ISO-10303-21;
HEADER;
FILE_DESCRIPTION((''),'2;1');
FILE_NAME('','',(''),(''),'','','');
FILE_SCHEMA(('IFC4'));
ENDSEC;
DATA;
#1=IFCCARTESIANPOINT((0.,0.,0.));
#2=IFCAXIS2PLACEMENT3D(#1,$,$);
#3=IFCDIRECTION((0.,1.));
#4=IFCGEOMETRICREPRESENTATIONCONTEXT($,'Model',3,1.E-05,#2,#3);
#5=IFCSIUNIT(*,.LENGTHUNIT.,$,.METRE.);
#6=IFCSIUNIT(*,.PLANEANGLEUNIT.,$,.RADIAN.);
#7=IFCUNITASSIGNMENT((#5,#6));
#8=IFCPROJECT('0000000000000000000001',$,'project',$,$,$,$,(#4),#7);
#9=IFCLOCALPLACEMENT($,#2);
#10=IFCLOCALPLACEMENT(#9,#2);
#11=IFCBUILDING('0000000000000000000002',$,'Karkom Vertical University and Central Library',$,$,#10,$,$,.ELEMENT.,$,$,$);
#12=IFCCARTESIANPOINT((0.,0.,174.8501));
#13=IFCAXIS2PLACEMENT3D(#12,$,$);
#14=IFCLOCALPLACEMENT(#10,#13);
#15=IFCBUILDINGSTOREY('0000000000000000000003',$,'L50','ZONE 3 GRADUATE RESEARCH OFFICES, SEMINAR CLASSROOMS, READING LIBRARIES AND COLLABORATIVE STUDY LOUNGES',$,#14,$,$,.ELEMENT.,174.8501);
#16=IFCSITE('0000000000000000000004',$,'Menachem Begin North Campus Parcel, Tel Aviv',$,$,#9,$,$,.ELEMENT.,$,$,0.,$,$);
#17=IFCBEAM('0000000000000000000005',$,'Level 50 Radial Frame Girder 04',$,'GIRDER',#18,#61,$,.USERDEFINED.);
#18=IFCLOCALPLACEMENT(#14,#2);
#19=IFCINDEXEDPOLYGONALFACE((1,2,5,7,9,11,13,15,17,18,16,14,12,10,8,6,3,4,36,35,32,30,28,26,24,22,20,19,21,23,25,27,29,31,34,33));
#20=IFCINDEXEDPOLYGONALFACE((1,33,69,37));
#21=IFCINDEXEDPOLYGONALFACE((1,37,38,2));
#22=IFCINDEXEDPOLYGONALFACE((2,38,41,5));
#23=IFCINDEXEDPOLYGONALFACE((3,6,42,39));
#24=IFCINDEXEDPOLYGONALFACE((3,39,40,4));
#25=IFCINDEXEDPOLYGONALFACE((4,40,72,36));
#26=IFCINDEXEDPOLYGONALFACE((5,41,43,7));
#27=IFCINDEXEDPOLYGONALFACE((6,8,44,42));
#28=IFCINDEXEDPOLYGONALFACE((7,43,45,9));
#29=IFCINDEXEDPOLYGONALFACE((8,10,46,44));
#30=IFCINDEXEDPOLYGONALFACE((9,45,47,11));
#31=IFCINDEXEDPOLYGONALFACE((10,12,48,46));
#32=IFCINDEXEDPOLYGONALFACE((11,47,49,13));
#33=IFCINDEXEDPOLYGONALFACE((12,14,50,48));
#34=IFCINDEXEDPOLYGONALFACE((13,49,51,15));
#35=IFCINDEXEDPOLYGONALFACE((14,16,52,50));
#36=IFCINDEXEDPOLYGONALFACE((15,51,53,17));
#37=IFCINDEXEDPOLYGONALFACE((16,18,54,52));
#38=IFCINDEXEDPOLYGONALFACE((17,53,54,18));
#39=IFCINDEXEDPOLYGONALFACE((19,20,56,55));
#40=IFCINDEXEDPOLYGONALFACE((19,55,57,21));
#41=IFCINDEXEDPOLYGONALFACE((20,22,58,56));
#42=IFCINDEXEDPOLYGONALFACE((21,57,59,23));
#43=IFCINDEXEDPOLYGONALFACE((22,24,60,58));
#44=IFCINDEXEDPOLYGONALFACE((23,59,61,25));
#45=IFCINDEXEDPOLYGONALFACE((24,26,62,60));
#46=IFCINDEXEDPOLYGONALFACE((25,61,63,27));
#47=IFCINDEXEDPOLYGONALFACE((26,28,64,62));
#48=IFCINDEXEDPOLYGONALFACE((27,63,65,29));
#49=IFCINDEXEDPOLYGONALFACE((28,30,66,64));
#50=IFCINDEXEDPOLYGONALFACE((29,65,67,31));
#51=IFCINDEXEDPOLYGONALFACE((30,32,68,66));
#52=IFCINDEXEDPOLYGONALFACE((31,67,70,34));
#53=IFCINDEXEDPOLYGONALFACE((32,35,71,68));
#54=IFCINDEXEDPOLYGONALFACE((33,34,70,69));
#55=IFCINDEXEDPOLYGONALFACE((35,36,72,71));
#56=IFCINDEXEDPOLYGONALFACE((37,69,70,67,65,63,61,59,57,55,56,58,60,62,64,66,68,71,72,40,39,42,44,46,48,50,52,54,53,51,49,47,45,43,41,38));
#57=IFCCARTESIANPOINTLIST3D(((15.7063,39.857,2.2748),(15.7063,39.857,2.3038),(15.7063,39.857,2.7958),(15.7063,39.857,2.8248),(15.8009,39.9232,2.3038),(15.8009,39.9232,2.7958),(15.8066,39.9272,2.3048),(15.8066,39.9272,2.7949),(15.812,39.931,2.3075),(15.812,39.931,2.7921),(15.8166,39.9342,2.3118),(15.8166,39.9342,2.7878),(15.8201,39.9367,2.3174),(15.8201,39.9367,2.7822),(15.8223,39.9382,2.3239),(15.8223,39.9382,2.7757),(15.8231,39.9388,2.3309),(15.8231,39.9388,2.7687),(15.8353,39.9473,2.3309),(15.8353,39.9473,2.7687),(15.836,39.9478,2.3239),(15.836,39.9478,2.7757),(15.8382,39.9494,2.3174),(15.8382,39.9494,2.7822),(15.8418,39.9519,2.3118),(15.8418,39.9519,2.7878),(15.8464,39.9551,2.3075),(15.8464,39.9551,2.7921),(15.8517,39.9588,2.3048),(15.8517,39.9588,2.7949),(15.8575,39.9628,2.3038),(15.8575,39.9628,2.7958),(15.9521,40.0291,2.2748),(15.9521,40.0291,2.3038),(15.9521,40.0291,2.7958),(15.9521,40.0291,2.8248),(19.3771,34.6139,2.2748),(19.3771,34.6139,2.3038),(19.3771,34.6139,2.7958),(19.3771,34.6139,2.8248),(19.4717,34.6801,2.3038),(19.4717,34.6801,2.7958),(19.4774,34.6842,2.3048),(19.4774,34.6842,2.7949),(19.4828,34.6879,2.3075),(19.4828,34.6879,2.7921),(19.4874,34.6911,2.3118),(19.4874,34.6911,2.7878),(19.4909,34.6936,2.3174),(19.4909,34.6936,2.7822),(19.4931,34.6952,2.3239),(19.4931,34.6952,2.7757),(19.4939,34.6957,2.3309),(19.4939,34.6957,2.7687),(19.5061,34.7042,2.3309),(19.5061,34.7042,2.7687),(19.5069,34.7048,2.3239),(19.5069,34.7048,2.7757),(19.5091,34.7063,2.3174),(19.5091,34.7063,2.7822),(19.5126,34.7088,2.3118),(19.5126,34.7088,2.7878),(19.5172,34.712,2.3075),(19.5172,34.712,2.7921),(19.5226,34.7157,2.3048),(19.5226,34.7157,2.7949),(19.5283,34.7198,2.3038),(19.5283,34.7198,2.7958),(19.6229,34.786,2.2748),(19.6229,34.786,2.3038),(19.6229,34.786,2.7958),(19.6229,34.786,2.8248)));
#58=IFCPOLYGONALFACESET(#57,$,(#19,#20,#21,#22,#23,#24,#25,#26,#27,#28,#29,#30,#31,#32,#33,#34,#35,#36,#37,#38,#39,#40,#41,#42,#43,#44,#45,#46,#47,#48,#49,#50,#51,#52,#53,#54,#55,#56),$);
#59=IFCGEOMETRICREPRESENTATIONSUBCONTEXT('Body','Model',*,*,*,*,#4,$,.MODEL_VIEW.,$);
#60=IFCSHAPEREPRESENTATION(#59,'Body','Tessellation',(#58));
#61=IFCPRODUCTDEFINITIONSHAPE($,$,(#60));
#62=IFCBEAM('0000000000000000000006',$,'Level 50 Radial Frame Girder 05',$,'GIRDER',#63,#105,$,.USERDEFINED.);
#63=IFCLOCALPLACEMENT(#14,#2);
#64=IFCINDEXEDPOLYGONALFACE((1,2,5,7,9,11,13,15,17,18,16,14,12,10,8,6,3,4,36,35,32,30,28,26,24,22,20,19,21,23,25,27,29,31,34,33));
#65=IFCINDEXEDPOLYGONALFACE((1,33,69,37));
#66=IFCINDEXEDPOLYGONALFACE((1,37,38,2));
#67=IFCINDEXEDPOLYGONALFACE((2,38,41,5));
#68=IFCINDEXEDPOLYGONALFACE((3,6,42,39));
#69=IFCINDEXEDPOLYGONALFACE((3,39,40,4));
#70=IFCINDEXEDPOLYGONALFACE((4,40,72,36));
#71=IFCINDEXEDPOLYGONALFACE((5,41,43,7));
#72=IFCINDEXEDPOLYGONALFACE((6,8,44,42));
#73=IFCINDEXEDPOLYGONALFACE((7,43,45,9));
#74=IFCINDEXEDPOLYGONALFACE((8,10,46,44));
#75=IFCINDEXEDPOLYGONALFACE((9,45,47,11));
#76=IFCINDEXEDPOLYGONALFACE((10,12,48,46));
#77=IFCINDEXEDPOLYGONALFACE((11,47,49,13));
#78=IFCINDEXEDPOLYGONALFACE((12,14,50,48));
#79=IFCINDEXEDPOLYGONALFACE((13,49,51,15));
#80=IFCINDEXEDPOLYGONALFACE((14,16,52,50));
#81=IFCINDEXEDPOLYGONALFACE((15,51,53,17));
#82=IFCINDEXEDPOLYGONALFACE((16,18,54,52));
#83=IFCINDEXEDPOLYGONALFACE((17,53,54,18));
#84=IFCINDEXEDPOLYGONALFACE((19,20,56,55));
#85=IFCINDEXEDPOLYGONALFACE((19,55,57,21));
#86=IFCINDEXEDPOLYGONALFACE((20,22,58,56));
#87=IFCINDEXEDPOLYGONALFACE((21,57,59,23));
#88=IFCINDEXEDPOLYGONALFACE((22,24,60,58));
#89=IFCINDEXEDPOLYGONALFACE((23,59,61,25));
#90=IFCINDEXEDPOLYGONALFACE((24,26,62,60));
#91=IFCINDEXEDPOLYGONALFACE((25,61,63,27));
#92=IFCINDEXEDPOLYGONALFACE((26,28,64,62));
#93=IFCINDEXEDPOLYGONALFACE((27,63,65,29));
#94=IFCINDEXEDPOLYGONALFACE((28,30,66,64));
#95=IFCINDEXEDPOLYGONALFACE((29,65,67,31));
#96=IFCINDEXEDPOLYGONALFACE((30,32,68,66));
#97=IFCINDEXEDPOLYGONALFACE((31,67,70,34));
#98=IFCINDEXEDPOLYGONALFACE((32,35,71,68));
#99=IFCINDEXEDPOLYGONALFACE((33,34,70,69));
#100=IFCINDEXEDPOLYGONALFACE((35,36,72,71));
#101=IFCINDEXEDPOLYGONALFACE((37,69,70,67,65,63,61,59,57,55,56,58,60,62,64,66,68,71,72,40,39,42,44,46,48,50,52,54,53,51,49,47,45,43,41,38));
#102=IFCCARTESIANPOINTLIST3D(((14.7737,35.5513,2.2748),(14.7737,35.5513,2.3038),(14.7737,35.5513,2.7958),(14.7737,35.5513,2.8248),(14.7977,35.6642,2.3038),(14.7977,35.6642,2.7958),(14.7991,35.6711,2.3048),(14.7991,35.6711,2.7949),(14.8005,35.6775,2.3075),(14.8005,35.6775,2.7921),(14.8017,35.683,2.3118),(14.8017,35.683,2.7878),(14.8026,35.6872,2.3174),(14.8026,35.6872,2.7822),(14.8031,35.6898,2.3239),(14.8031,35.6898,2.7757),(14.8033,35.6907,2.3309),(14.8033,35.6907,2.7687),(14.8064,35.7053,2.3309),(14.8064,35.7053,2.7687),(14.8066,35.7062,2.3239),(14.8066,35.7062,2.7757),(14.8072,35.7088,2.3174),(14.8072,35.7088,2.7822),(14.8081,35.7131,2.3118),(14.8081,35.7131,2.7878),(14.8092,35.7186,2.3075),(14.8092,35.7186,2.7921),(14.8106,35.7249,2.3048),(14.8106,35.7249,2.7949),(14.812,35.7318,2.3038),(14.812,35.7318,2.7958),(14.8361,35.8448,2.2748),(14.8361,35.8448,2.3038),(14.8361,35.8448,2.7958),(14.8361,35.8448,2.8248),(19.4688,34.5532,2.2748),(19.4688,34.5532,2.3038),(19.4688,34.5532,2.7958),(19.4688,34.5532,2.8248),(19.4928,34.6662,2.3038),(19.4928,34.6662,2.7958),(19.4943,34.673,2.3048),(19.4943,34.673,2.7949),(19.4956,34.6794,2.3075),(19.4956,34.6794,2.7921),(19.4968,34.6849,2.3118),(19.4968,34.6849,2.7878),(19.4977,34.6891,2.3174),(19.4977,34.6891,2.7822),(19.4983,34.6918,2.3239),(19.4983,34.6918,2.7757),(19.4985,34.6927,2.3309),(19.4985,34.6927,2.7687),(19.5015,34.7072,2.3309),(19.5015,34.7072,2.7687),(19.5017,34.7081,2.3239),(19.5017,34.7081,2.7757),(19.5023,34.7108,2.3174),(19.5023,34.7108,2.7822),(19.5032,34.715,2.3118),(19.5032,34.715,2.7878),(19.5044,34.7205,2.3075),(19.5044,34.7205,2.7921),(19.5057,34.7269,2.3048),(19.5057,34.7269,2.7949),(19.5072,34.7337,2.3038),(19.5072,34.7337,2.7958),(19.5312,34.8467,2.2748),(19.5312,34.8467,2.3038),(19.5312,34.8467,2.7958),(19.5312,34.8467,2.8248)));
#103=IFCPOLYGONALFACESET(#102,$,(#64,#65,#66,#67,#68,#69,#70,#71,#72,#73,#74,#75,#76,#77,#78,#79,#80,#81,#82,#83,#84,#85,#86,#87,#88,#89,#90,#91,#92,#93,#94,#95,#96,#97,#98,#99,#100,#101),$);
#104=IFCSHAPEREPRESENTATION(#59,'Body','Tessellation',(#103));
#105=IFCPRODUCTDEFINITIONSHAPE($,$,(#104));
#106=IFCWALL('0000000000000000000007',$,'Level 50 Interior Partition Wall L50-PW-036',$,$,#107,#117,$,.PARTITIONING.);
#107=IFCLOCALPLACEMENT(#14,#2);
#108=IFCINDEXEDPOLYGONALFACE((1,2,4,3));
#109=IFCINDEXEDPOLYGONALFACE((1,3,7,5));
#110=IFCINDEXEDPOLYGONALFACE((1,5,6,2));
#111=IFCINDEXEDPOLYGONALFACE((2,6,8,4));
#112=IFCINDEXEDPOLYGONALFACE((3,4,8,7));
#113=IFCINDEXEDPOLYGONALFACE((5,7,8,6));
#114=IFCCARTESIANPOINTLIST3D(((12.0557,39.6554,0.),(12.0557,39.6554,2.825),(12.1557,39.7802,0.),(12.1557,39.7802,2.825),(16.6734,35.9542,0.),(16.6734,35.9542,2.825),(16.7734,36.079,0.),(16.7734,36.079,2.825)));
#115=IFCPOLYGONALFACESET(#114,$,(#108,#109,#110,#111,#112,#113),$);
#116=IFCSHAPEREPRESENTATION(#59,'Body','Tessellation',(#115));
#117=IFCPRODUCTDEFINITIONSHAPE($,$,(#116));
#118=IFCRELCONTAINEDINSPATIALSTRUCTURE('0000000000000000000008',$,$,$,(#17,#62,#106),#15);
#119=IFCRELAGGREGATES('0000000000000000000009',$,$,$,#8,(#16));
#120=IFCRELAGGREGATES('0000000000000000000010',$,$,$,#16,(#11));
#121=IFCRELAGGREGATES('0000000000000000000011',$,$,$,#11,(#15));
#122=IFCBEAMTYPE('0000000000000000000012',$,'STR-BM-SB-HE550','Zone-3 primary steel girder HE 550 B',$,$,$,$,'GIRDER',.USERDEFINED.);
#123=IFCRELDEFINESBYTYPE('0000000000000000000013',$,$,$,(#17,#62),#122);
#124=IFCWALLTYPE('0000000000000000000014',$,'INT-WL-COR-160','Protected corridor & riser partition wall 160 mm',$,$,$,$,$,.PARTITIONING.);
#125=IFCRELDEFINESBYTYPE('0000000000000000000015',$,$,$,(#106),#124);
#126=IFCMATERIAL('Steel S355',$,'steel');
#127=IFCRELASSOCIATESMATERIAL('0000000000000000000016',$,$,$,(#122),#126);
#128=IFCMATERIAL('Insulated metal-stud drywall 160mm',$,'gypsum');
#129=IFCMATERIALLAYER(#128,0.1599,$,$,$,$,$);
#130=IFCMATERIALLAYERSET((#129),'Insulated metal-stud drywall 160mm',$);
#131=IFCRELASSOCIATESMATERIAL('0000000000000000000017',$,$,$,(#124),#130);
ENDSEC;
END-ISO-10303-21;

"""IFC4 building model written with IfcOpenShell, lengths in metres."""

from ifc_helpers import new_model, si_unit, direction, frame, frame_2d, origin, origin_with_axes, origin_2d, place, context, subcontext, project, spatial, rectangle, i_section, extrude, source, transform, mapped, material, layer, layer_set, material_profile, profile_set, type_object, element, save


model = new_model("IFC4")

# Units and contexts
model_context = context("Model", 3, precision=1e-05, world=origin(), true_north=direction((0.0, 1.0)))
body_context = subcontext(model_context, "Body", "Model", "MODEL_VIEW")
ifc_project = project(units=[si_unit("LENGTHUNIT", "METRE"), si_unit("PLANEANGLEUNIT", "RADIAN")], contexts=[model_context])

# Site, building, storey
site_placement = place(None, origin())
site = spatial("IfcSite", under=ifc_project, at=site_placement, Name="Menachem Begin North Campus Parcel, Tel Aviv", CompositionType="ELEMENT", RefElevation=0.0)
building_placement = place(site_placement, origin())
building = spatial("IfcBuilding", under=site, at=building_placement, Name="Karkom Vertical University and Central Library", CompositionType="ELEMENT")
storey_placement = place(building_placement, frame((0.0, 0.0, 174.8501)))
storey = spatial("IfcBuildingStorey", under=building, at=storey_placement, Name="L50", Description="ZONE 3 GRADUATE RESEARCH OFFICES, SEMINAR CLASSROOMS, READING LIBRARIES AND COLLABORATIVE STUDY LOUNGES", CompositionType="ELEMENT", Elevation=174.8501)

# Beams
ifc_material_1 = material(Name="Steel S355", Category="steel")
ifc_material_profile_1 = material_profile(ifc_material_1, i_section(OverallWidth=0.3, OverallDepth=0.55, WebThickness=0.0149, FlangeThickness=0.0291, FilletRadius=0.0271, at=origin_2d()), Name="HE 550 B")
ifc_profile_set_1 = profile_set([ifc_material_profile_1], Name="Steel S355")
beam_type_1 = type_object("IfcBeamType", Name="STR-BM-SB-HE550", Description="Zone-3 primary steel girder HE 550 B", ElementType="GIRDER", PredefinedType="USERDEFINED", material=ifc_profile_set_1)
shared_shape_1 = source(origin_with_axes(), body_context, "Body", "SweptSolid", [
    extrude(i_section(OverallWidth=0.3, OverallDepth=0.55, WebThickness=0.0149, FlangeThickness=0.0291, FilletRadius=0.0271, at=origin_2d()), origin(), (0.0, 0.0, 1.0), 6.4004),
])
beam_1_placement = place(storey_placement, frame((19.5, 34.7, 2.5498), z_axis=(-0.573534, 0.819182, 0.0), x_axis=(-0.819182, -0.573534, 0.0)))
element("IfcBeam", 1, at=beam_1_placement, inside=storey, type_object=beam_type_1, Name="Level 50 Radial Frame Girder 04", ObjectType="GIRDER", PredefinedType="USERDEFINED", context=body_context, shape_type="MappedRepresentation", body=[
    mapped(shared_shape_1, transform((0.0, 0.0, 0.0), scale=1.0)),
])
shared_shape_2 = source(origin_with_axes(), body_context, "Body", "SweptSolid", [
    extrude(i_section(OverallWidth=0.3, OverallDepth=0.55, WebThickness=0.0149, FlangeThickness=0.0291, FilletRadius=0.0271, at=origin_2d()), origin(), (0.0, 0.0, 1.0), 4.8),
])
beam_2_placement = place(storey_placement, frame((19.5, 34.7, 2.5498), z_axis=(-0.978144, 0.207927, 0.0), x_axis=(-0.207927, -0.978144, 0.0)))
element("IfcBeam", 2, at=beam_2_placement, inside=storey, type_object=beam_type_1, Name="Level 50 Radial Frame Girder 05", ObjectType="GIRDER", PredefinedType="USERDEFINED", context=body_context, shape_type="MappedRepresentation", body=[
    mapped(shared_shape_2, transform((0.0, 0.0, 0.0), scale=1.0)),
])

# Wall
ifc_material_2 = material(Name="Insulated metal-stud drywall 160mm", Category="gypsum")
ifc_layer_1 = layer(ifc_material_2, 0.1599)
ifc_layer_set_1 = layer_set([ifc_layer_1], Name="Insulated metal-stud drywall 160mm")
wall_type_1 = type_object("IfcWallType", Name="INT-WL-COR-160", Description="Protected corridor & riser partition wall 160 mm", PredefinedType="PARTITIONING", material=ifc_layer_set_1)
wall_1_placement = place(storey_placement, frame((16.7234, 36.0166, 0.0), z_axis=(0.0, 0.0, 1.0), x_axis=(-0.780289, 0.625419, 0.0)))
element("IfcWall", 3, at=wall_1_placement, inside=storey, type_object=wall_type_1, Name="Level 50 Interior Partition Wall L50-PW-036", PredefinedType="PARTITIONING", context=body_context, shape_type="SweptSolid", body=[
    extrude(rectangle(XDim=5.918, YDim=0.1599, at=frame_2d((2.959, 0.0))), origin(), (0.0, 0.0, 1.0), 2.825),
])

save(model, "model.ifc")
